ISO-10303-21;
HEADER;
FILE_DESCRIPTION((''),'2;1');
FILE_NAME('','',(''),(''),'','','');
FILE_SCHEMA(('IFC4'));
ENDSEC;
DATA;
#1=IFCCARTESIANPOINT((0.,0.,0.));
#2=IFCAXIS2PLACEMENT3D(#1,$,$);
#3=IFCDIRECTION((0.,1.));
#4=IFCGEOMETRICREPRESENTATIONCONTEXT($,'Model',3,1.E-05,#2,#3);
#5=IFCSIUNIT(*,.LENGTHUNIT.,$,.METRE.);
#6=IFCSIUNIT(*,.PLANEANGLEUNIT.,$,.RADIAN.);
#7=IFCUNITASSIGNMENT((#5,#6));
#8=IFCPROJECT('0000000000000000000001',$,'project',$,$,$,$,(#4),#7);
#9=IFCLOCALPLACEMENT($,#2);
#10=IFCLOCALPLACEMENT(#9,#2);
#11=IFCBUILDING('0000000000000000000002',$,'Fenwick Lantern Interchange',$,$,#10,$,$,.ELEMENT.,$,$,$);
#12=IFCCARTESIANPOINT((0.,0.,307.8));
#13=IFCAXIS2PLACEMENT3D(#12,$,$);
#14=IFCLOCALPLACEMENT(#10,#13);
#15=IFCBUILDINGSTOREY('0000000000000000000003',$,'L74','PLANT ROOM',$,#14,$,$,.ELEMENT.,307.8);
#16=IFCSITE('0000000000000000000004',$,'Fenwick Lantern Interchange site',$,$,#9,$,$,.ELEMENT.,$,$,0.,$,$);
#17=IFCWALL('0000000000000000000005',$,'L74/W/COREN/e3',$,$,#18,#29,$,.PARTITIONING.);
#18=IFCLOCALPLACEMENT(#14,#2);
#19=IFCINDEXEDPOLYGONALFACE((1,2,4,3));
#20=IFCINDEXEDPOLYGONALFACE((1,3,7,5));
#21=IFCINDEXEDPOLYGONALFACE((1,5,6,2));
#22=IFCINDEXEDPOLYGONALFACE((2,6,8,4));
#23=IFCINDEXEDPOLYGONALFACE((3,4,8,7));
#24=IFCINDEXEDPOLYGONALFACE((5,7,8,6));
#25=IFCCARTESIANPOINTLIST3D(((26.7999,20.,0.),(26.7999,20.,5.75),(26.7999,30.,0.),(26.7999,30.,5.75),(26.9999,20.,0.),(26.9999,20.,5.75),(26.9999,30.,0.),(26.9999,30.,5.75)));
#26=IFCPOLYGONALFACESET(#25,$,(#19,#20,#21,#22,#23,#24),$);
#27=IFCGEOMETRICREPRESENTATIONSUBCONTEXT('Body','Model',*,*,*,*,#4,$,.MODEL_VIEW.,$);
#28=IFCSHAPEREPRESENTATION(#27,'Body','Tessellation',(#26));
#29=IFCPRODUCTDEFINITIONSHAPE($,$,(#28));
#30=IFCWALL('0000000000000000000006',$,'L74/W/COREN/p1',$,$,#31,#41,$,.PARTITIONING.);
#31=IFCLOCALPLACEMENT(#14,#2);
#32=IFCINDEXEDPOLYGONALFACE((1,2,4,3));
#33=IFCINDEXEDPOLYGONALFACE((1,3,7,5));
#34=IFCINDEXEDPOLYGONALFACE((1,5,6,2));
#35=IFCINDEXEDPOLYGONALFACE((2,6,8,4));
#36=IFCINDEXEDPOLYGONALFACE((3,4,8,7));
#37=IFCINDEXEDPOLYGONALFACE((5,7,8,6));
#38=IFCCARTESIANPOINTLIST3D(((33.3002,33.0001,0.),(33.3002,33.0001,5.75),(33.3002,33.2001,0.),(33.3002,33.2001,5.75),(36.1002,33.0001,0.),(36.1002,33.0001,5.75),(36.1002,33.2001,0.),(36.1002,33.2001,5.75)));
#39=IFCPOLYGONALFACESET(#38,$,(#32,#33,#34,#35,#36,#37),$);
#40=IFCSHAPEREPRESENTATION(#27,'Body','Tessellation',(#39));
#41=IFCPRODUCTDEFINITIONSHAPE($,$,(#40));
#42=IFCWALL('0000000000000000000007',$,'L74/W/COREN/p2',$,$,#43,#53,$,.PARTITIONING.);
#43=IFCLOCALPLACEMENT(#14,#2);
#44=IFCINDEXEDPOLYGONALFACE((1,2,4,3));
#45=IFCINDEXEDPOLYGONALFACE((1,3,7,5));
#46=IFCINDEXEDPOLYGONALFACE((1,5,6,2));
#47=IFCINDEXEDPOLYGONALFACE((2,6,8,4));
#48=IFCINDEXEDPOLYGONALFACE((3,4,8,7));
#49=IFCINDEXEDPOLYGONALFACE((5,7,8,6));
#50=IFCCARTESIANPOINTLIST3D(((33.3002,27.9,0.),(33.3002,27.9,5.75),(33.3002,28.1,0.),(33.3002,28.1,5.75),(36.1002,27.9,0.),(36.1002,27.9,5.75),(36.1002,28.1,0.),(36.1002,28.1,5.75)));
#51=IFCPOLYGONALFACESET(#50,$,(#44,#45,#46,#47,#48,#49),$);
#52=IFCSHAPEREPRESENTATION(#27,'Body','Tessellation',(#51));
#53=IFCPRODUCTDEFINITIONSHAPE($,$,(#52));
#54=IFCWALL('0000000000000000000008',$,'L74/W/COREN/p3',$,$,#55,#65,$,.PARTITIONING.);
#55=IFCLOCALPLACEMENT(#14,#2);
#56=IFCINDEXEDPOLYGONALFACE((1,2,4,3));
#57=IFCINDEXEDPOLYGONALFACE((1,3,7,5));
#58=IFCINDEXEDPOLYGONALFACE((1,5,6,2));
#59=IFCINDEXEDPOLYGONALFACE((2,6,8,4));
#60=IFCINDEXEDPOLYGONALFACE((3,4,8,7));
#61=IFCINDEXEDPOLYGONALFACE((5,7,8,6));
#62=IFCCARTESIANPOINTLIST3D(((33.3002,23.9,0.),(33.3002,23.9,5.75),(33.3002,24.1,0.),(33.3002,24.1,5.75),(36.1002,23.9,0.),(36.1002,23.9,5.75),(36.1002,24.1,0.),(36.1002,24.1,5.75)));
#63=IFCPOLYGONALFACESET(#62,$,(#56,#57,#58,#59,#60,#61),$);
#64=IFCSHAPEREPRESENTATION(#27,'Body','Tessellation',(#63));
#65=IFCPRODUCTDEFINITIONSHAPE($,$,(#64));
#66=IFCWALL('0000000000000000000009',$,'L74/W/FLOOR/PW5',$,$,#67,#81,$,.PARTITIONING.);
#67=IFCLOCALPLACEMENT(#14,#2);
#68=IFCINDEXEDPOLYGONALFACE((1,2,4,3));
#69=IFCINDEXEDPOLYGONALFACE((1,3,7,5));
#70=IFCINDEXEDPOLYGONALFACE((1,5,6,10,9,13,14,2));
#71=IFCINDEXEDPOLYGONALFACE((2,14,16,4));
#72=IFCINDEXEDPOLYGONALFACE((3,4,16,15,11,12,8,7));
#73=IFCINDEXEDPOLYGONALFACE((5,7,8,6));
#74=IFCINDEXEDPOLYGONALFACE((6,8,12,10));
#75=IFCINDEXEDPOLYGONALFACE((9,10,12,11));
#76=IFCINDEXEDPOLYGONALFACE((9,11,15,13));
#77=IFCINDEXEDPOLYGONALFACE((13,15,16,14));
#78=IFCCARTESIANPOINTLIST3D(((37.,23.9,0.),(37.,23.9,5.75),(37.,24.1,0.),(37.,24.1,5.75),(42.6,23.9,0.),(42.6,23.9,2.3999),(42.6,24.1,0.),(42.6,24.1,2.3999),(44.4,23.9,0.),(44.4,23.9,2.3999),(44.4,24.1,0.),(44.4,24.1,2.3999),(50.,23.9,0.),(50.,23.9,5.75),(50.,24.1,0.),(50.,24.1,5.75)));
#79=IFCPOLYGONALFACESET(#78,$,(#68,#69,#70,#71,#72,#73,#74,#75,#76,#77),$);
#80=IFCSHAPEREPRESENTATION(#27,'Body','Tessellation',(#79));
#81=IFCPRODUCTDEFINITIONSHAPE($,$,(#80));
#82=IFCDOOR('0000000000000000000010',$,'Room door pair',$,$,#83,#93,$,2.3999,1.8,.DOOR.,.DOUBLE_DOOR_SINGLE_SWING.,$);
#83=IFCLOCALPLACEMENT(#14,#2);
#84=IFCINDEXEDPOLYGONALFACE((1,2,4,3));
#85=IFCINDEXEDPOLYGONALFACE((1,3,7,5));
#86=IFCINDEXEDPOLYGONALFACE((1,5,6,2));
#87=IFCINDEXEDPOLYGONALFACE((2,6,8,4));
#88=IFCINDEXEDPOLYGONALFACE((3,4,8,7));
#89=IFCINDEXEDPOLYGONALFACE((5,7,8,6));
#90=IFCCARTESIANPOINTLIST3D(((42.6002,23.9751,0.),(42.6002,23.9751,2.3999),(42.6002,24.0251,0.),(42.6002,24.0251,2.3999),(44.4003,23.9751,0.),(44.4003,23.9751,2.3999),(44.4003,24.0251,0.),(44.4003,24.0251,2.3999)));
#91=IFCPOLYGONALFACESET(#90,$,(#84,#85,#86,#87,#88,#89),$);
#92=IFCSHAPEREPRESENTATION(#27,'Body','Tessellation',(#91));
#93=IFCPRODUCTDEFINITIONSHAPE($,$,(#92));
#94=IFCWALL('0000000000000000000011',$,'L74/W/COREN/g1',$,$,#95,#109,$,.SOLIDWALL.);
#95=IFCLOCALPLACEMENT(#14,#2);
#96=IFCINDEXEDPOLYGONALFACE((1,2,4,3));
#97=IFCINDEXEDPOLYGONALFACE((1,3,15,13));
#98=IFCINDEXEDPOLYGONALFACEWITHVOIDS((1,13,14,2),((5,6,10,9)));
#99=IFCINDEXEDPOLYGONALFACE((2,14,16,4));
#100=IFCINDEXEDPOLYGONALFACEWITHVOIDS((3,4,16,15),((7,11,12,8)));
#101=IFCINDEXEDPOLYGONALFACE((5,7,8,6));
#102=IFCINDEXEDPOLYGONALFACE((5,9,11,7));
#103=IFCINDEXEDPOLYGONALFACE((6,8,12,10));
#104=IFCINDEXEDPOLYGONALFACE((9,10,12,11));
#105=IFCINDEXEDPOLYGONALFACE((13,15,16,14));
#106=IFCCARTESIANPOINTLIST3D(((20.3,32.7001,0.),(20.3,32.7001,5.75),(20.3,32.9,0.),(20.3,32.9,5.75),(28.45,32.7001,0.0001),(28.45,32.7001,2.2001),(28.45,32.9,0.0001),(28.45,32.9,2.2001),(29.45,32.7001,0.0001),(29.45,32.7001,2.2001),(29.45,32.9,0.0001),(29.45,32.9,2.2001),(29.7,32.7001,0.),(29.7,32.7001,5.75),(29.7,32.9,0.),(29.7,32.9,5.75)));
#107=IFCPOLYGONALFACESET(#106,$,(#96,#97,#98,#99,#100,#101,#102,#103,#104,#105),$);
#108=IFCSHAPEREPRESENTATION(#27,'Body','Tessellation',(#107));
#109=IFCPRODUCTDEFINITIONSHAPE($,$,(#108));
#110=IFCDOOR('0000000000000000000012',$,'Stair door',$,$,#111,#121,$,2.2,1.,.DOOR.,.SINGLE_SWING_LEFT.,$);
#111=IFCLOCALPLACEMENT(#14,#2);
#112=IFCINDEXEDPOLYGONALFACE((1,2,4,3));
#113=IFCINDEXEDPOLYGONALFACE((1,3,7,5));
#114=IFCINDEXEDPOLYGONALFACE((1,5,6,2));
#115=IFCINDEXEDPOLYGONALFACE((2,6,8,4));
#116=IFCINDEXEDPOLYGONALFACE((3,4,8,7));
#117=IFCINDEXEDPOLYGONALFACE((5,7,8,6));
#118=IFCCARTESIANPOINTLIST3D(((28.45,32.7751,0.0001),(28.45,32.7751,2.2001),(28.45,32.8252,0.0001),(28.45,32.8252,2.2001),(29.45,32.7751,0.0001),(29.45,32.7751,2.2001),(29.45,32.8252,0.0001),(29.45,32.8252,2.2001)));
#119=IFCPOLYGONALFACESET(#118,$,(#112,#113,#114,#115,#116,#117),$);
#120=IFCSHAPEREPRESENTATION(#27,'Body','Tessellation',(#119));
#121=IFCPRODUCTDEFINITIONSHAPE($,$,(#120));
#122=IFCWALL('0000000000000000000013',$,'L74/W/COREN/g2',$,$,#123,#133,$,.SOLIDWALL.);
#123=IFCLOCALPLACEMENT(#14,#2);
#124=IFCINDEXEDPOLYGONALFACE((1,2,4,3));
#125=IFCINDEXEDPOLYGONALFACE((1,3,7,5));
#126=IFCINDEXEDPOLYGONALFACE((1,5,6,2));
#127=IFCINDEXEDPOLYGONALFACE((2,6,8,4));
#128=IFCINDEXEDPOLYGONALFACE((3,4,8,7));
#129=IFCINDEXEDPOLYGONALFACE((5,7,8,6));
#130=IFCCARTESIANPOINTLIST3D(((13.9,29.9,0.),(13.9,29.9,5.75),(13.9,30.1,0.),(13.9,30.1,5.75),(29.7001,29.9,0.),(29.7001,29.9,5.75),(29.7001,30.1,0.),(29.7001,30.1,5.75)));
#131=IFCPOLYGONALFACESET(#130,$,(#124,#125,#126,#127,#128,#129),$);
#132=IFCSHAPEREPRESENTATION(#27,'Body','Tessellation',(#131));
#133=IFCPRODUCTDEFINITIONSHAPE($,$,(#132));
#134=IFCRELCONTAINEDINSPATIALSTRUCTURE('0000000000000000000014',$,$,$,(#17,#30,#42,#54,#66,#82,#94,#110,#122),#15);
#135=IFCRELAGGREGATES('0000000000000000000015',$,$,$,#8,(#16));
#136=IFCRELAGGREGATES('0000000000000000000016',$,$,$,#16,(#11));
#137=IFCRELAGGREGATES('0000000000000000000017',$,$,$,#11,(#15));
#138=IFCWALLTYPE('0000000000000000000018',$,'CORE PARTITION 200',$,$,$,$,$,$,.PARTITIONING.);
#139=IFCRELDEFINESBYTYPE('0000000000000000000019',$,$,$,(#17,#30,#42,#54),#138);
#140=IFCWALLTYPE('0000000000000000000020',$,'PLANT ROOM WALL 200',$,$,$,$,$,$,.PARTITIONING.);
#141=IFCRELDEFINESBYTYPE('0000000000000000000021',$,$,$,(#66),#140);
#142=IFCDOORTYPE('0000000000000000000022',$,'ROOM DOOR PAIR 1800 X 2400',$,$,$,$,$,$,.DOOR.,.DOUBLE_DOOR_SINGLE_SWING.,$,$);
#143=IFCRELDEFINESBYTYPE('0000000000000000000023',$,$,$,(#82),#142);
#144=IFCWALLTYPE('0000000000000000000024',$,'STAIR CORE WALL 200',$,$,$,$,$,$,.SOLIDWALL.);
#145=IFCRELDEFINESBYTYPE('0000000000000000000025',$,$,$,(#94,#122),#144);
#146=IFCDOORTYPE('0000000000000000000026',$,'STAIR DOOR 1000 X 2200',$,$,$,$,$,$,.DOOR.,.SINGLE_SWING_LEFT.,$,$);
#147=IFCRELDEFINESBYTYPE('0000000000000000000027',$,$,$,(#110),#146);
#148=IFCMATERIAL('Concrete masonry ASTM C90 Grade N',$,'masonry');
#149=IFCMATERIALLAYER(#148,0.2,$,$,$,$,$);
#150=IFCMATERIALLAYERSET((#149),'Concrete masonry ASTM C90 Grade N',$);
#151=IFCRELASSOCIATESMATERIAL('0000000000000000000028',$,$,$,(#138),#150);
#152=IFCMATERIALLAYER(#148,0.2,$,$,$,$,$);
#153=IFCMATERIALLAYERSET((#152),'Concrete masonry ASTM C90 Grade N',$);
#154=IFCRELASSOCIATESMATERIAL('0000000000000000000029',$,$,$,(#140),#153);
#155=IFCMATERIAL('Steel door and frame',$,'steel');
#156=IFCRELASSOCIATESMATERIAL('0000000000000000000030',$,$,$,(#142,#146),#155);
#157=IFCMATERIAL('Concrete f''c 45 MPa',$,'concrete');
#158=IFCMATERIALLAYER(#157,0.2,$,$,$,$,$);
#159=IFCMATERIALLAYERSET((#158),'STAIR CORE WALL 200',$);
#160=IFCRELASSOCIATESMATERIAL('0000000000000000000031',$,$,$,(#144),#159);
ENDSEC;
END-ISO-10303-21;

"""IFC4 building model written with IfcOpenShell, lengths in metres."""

from ifc_helpers import new_model, si_unit, direction, frame, frame_2d, origin, place, context, subcontext, project, spatial, rectangle, extrude, material, layer, layer_set, type_object, element, fill, save


model = new_model("IFC4")

# Units and contexts
model_context = context("Model", 3, precision=1e-05, world=origin(), true_north=direction((0.0, 1.0)))
body_context = subcontext(model_context, "Body", "Model", "MODEL_VIEW")
ifc_project = project(units=[si_unit("LENGTHUNIT", "METRE"), si_unit("PLANEANGLEUNIT", "RADIAN")], contexts=[model_context])

# Site, building, storey
site_placement = place(None, origin())
site = spatial("IfcSite", under=ifc_project, at=site_placement, Name="Fenwick Lantern Interchange site", CompositionType="ELEMENT", RefElevation=0.0)
building_placement = place(site_placement, origin())
building = spatial("IfcBuilding", under=site, at=building_placement, Name="Fenwick Lantern Interchange", CompositionType="ELEMENT")
storey_placement = place(building_placement, frame((0.0, 0.0, 307.8)))
storey = spatial("IfcBuildingStorey", under=building, at=storey_placement, Name="L74", Description="PLANT ROOM", CompositionType="ELEMENT", Elevation=307.8)

# Walls
ifc_material_1 = material(Name="Concrete masonry ASTM C90 Grade N", Category="masonry")
ifc_layer_1 = layer(ifc_material_1, 0.2)
ifc_layer_set_1 = layer_set([ifc_layer_1], Name="Concrete masonry ASTM C90 Grade N")
wall_type_1 = type_object("IfcWallType", Name="CORE PARTITION 200", PredefinedType="PARTITIONING", material=ifc_layer_set_1)
wall_1_placement = place(storey_placement, frame((26.8999, 30.0, 0.0), z_axis=(0.0, 0.0, 1.0), x_axis=(0.0, -1.0, 0.0)))
element("IfcWall", 1, at=wall_1_placement, inside=storey, type_object=wall_type_1, Name="L74/W/COREN/e3", PredefinedType="PARTITIONING", context=body_context, shape_type="SweptSolid", body=[
    extrude(rectangle(XDim=10.0, YDim=0.2, at=frame_2d((5.0, 0.0))), origin(), (0.0, 0.0, 1.0), 5.75),
])
for number, where, z_axis, x_axis, name in (
    (2, (36.1001, 33.1001, 0.0), (0.0, 0.0, 1.0), (-1.0, 0.0, 0.0), "L74/W/COREN/p1"),
    (3, (36.1001, 28.0, 0.0), (0.0, 0.0, 1.0), (-1.0, 0.0, 0.0), "L74/W/COREN/p2"),
    (4, (36.1001, 24.0, 0.0), (0.0, 0.0, 1.0), (-1.0, 0.0, 0.0), "L74/W/COREN/p3"),
):
    element("IfcWall", number, at=place(storey_placement, frame(where, z_axis=z_axis, x_axis=x_axis)), inside=storey, type_object=wall_type_1, Name=name, PredefinedType="PARTITIONING", context=body_context, shape_type="SweptSolid", body=[
        extrude(rectangle(XDim=2.8, YDim=0.2, at=frame_2d((1.3999, 0.0))), origin(), (0.0, 0.0, 1.0), 5.75),
    ])

# Walls, openings, doors
ifc_layer_2 = layer(ifc_material_1, 0.2)
ifc_layer_set_2 = layer_set([ifc_layer_2], Name="Concrete masonry ASTM C90 Grade N")
wall_type_2 = type_object("IfcWallType", Name="PLANT ROOM WALL 200", PredefinedType="PARTITIONING", material=ifc_layer_set_2)
wall_2_placement = place(storey_placement, frame((37.0, 24.0, 0.0), z_axis=(0.0, 0.0, 1.0), x_axis=(1.0, 0.0, 0.0)))
wall_2 = element("IfcWall", 5, at=wall_2_placement, inside=storey, type_object=wall_type_2, Name="L74/W/FLOOR/PW5", PredefinedType="PARTITIONING", context=body_context, shape_type="SweptSolid", body=[
    extrude(rectangle(XDim=13.0, YDim=0.2, at=frame_2d((6.5, 0.0))), origin(), (0.0, 0.0, 1.0), 5.75),
])
opening_1_placement = place(wall_2_placement, frame((5.6001, 0.0, 0.0)))
opening_1 = element("IfcOpeningElement", 6, at=opening_1_placement, cuts=wall_2, PredefinedType="OPENING", context=body_context, shape_type="SweptSolid", body=[
    extrude(rectangle(XDim=1.8, YDim=2.3999, at=frame_2d((0.8999, 1.2))), frame((0.0, 0.1099, 0.0), z_axis=(0.0, -1.0, 0.0), x_axis=(1.0, 0.0, 0.0)), (0.0, 0.0, 1.0), 0.22),
])
ifc_material_2 = material(Name="Steel door and frame", Category="steel")
door_type_1 = type_object("IfcDoorType", Name="ROOM DOOR PAIR 1800 X 2400", OperationType="DOUBLE_DOOR_SINGLE_SWING", PredefinedType="DOOR", material=ifc_material_2)
door_1_placement = place(opening_1_placement, frame((1.8, 0.0, 0.0), z_axis=(0.0, 0.0, 1.0), x_axis=(-1.0, 0.0, 0.0)))
door_1 = element("IfcDoor", 7, at=door_1_placement, inside=storey, type_object=door_type_1, Name="Room door pair", OperationType="DOUBLE_DOOR_SINGLE_SWING", OverallHeight=2.3999, OverallWidth=1.8, PredefinedType="DOOR", context=body_context, shape_type="SweptSolid", body=[
    extrude(rectangle(XDim=1.8, YDim=2.3999, at=frame_2d((0.8999, 1.2))), frame((0.0, 0.0249, 0.0), z_axis=(0.0, -1.0, 0.0), x_axis=(1.0, 0.0, 0.0)), (0.0, 0.0, 1.0), 0.05),
])
fill(opening_1, door_1)
ifc_material_3 = material(Name="Concrete f'c 45 MPa", Category="concrete")
ifc_layer_3 = layer(ifc_material_3, 0.2)
ifc_layer_set_3 = layer_set([ifc_layer_3], Name="STAIR CORE WALL 200")
wall_type_3 = type_object("IfcWallType", Name="STAIR CORE WALL 200", PredefinedType="SOLIDWALL", material=ifc_layer_set_3)
wall_3_placement = place(storey_placement, frame((29.7, 32.8, 0.0), z_axis=(0.0, 0.0, 1.0), x_axis=(-1.0, 0.0, 0.0)))
wall_3 = element("IfcWall", 8, at=wall_3_placement, inside=storey, type_object=wall_type_3, Name="L74/W/COREN/g1", PredefinedType="SOLIDWALL", context=body_context, shape_type="SweptSolid", body=[
    extrude(rectangle(XDim=9.3999, YDim=0.2, at=frame_2d((4.7, 0.0))), origin(), (0.0, 0.0, 1.0), 5.75),
])
opening_2_placement = place(wall_3_placement, frame((0.25, 0.0, 0.0)))
opening_2 = element("IfcOpeningElement", 9, at=opening_2_placement, cuts=wall_3, PredefinedType="OPENING", context=body_context, shape_type="SweptSolid", body=[
    extrude(rectangle(XDim=1.0, YDim=2.2, at=frame_2d((0.5, 1.1001))), frame((0.0, 0.1099, 0.0), z_axis=(0.0, -1.0, 0.0), x_axis=(1.0, 0.0, 0.0)), (0.0, 0.0, 1.0), 0.22),
])
door_type_2 = type_object("IfcDoorType", Name="STAIR DOOR 1000 X 2200", OperationType="SINGLE_SWING_LEFT", PredefinedType="DOOR", material=ifc_material_2)
door_2_placement = place(opening_2_placement, origin())
door_2 = element("IfcDoor", 10, at=door_2_placement, inside=storey, type_object=door_type_2, Name="Stair door", OperationType="SINGLE_SWING_LEFT", OverallHeight=2.2, OverallWidth=1.0, PredefinedType="DOOR", context=body_context, shape_type="SweptSolid", body=[
    extrude(rectangle(XDim=1.0, YDim=2.2, at=frame_2d((0.5, 1.1001))), frame((0.0, 0.0249, 0.0), z_axis=(0.0, -1.0, 0.0), x_axis=(1.0, 0.0, 0.0)), (0.0, 0.0, 1.0), 0.05),
])
fill(opening_2, door_2)

# Wall
wall_4_placement = place(storey_placement, frame((29.7, 30.0, 0.0), z_axis=(0.0, 0.0, 1.0), x_axis=(-1.0, 0.0, 0.0)))
element("IfcWall", 11, at=wall_4_placement, inside=storey, type_object=wall_type_3, Name="L74/W/COREN/g2", PredefinedType="SOLIDWALL", context=body_context, shape_type="SweptSolid", body=[
    extrude(rectangle(XDim=15.8, YDim=0.2, at=frame_2d((7.8999, 0.0))), origin(), (0.0, 0.0, 1.0), 5.75),
])

save(model, "model.ifc")
